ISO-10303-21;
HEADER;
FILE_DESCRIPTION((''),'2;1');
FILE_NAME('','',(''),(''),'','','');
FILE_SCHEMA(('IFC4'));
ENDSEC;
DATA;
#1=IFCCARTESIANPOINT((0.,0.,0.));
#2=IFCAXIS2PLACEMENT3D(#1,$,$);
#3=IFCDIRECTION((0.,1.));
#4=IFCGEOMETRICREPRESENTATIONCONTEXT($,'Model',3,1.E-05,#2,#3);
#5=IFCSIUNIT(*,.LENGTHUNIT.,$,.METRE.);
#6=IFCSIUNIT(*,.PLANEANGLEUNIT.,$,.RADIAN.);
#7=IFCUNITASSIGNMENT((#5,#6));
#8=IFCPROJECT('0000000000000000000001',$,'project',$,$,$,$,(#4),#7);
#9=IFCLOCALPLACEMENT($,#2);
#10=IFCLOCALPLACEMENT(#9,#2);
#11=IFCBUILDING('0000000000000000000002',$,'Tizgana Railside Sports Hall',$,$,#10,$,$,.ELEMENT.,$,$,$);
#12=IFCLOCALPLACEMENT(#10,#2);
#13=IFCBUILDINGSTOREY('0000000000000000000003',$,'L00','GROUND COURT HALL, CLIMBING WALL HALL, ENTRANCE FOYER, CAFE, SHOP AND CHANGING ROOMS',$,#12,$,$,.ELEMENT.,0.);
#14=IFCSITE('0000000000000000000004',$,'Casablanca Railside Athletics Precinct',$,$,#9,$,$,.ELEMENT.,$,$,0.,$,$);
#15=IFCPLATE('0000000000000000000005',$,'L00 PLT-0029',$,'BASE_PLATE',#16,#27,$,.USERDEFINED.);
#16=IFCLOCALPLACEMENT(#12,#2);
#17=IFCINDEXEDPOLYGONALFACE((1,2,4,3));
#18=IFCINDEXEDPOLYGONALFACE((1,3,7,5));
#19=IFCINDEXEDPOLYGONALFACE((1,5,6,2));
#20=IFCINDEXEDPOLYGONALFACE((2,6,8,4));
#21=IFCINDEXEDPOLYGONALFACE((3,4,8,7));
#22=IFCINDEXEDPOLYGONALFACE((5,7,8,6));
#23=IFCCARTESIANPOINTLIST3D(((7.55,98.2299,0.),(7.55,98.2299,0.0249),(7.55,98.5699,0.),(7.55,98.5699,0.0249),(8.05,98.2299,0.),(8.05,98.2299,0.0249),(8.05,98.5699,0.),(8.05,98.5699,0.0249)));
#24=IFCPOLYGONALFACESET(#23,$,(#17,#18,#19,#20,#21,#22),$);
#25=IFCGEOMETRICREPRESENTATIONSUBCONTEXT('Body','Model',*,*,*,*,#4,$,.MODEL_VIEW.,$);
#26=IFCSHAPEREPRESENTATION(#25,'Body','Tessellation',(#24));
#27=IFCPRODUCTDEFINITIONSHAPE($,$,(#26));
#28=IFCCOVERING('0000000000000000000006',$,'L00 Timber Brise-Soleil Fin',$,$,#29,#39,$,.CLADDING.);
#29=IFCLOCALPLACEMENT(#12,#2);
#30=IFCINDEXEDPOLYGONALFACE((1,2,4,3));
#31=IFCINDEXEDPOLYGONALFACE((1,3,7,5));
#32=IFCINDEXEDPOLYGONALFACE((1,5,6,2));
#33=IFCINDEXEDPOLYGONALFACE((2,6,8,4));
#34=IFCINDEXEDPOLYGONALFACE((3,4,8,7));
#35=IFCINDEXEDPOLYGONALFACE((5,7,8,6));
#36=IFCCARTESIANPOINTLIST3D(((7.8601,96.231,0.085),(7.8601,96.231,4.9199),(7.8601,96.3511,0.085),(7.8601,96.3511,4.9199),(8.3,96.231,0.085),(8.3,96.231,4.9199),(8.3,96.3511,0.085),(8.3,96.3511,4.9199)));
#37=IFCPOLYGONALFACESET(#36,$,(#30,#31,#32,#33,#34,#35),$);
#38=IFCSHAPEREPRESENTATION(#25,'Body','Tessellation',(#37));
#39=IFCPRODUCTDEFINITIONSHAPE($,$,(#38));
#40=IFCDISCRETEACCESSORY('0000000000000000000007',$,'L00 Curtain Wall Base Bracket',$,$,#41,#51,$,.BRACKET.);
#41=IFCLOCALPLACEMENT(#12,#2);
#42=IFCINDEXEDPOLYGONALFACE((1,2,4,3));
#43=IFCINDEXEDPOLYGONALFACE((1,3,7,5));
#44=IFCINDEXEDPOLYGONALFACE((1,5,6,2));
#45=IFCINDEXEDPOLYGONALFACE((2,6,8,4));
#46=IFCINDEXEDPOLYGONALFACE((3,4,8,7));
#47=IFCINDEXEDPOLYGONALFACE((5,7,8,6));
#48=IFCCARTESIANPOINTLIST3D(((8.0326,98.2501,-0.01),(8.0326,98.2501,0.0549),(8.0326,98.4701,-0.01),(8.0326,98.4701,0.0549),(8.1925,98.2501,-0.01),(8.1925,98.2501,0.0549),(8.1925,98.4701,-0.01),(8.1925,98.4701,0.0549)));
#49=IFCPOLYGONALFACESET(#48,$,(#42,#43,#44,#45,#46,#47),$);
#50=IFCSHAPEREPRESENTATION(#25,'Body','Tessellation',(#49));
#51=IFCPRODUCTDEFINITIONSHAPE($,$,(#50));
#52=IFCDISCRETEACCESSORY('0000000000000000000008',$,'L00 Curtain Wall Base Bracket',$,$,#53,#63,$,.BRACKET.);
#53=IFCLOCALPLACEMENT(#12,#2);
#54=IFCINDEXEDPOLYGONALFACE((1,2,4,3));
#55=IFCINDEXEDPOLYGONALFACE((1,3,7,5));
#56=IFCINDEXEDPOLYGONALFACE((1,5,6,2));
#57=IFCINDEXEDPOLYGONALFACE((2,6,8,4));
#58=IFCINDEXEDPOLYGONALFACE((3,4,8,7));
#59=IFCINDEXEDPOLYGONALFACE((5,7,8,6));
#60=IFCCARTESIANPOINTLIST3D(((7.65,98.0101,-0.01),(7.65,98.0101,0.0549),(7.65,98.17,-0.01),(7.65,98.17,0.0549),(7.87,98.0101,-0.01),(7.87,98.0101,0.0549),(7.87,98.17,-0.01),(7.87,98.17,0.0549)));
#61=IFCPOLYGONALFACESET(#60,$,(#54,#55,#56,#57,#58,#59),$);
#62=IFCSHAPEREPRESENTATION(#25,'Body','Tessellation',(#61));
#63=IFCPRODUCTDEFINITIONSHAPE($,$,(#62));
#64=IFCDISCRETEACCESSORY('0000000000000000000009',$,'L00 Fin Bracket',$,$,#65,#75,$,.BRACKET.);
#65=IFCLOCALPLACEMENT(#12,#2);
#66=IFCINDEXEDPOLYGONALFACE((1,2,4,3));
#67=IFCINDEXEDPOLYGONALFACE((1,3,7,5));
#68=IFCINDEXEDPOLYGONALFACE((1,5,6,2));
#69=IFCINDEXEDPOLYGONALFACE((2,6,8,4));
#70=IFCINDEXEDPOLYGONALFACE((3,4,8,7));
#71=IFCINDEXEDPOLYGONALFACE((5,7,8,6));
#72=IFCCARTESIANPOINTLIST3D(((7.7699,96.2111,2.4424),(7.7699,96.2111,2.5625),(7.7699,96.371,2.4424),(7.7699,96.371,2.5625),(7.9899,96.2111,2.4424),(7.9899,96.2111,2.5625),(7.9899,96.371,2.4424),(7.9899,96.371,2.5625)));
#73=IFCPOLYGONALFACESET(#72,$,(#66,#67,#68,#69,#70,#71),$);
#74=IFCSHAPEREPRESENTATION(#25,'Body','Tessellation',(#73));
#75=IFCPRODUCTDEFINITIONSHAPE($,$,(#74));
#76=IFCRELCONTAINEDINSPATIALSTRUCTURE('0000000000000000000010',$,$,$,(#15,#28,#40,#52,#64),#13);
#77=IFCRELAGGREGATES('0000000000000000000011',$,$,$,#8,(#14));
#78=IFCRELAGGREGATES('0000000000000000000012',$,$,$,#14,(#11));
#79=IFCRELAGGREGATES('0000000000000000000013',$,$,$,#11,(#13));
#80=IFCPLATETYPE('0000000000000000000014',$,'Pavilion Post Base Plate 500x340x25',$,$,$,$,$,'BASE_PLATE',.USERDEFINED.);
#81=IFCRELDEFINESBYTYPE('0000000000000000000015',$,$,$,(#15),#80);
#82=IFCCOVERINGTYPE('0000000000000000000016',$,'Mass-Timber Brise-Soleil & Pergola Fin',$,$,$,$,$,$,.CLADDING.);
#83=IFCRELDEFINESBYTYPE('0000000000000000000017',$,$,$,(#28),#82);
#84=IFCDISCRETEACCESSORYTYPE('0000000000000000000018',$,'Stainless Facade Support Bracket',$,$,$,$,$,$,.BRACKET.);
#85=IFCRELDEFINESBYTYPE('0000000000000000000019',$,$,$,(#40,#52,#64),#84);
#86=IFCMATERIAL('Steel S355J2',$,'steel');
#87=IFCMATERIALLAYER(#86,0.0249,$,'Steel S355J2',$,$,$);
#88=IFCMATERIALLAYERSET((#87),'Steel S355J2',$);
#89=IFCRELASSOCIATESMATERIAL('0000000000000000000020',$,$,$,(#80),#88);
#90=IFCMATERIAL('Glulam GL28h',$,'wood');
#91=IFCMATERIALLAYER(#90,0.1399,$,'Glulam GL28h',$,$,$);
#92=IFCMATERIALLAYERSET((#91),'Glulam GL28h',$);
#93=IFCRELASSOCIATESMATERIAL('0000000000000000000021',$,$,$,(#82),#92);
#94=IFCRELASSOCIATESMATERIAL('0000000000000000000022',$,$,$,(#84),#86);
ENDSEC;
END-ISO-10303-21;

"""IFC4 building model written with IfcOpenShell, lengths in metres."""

from ifc_helpers import new_model, si_unit, direction, frame, origin, origin_2d, place, context, subcontext, project, spatial, rectangle, extrude, material, layer, layer_set, type_object, element, save


model = new_model("IFC4")

# Units and contexts
model_context = context("Model", 3, precision=1e-05, world=origin(), true_north=direction((0.0, 1.0)))
body_context = subcontext(model_context, "Body", "Model", "MODEL_VIEW")
ifc_project = project(units=[si_unit("LENGTHUNIT", "METRE"), si_unit("PLANEANGLEUNIT", "RADIAN")], contexts=[model_context])

# Site, building, storey
site_placement = place(None, origin())
site = spatial("IfcSite", under=ifc_project, at=site_placement, Name="Casablanca Railside Athletics Precinct", CompositionType="ELEMENT", RefElevation=0.0)
building_placement = place(site_placement, origin())
building = spatial("IfcBuilding", under=site, at=building_placement, Name="Tizgana Railside Sports Hall", CompositionType="ELEMENT")
storey_placement = place(building_placement, origin())
storey = spatial("IfcBuildingStorey", under=building, at=storey_placement, Name="L00", Description="GROUND COURT HALL, CLIMBING WALL HALL, ENTRANCE FOYER, CAFE, SHOP AND CHANGING ROOMS", CompositionType="ELEMENT", Elevation=0.0)

# Shared definitions
ifc_material_1 = material(Name="Steel S355J2", Category="steel")

# Plate
ifc_layer_1 = layer(ifc_material_1, 0.0249, Name="Steel S355J2")
ifc_layer_set_1 = layer_set([ifc_layer_1], Name="Steel S355J2")
plate_type_1 = type_object("IfcPlateType", Name="Pavilion Post Base Plate 500x340x25", ElementType="BASE_PLATE", PredefinedType="USERDEFINED", material=ifc_layer_set_1)
plate_1_placement = place(storey_placement, frame((7.8, 98.3999, 0.0), z_axis=(0.0, 0.0, 1.0), x_axis=(1.0, 0.0, 0.0)))
element("IfcPlate", 1, at=plate_1_placement, inside=storey, type_object=plate_type_1, Name="L00 PLT-0029", ObjectType="BASE_PLATE", PredefinedType="USERDEFINED", context=body_context, shape_type="SweptSolid", body=[
    extrude(rectangle(XDim=0.5, YDim=0.3401, at=origin_2d()), origin(), (0.0, 0.0, 1.0), 0.0249),
])

# Covering
ifc_material_2 = material(Name="Glulam GL28h", Category="wood")
ifc_layer_2 = layer(ifc_material_2, 0.1399, Name="Glulam GL28h")
ifc_layer_set_2 = layer_set([ifc_layer_2], Name="Glulam GL28h")
covering_type = type_object("IfcCoveringType", Name="Mass-Timber Brise-Soleil & Pergola Fin", PredefinedType="CLADDING", material=ifc_layer_set_2)
covering_placement = place(storey_placement, frame((8.0801, 96.291, 0.085), z_axis=(0.0, 0.0, 1.0), x_axis=(0.0, -1.0, 0.0)))
element("IfcCovering", 2, at=covering_placement, inside=storey, type_object=covering_type, Name="L00 Timber Brise-Soleil Fin", PredefinedType="CLADDING", context=body_context, shape_type="SweptSolid", body=[
    extrude(rectangle(XDim=0.1201, YDim=0.4399, at=origin_2d()), origin(), (0.0, 0.0, 1.0), 4.835),
])

# Discrete accessories
discrete_accessory_type = type_object("IfcDiscreteAccessoryType", Name="Stainless Facade Support Bracket", PredefinedType="BRACKET", material=ifc_material_1)
for number, where, z_axis, x_axis, name in (
    (3, (8.1125, 98.3601, -0.01), (0.0, 0.0, 1.0), (1.0, 0.0, 0.0), "L00 Curtain Wall Base Bracket"),
    (4, (7.76, 98.0901, -0.01), (0.0, 0.0, 1.0), (0.0, -1.0, 0.0), "L00 Curtain Wall Base Bracket"),
):
    element("IfcDiscreteAccessory", number, at=place(storey_placement, frame(where, z_axis=z_axis, x_axis=x_axis)), inside=storey, type_object=discrete_accessory_type, Name=name, PredefinedType="BRACKET", context=body_context, shape_type="SweptSolid", body=[
        extrude(rectangle(XDim=0.1599, YDim=0.22, at=origin_2d()), origin(), (0.0, 0.0, 1.0), 0.0649),
    ])
discrete_accessory_placement = place(storey_placement, frame((7.8799, 96.291, 2.4424), z_axis=(0.0, 0.0, 1.0), x_axis=(0.0, -1.0, 0.0)))
element("IfcDiscreteAccessory", 5, at=discrete_accessory_placement, inside=storey, type_object=discrete_accessory_type, Name="L00 Fin Bracket", PredefinedType="BRACKET", context=body_context, shape_type="SweptSolid", body=[
    extrude(rectangle(XDim=0.1599, YDim=0.22, at=origin_2d()), origin(), (0.0, 0.0, 1.0), 0.1201),
])

save(model, "model.ifc")
